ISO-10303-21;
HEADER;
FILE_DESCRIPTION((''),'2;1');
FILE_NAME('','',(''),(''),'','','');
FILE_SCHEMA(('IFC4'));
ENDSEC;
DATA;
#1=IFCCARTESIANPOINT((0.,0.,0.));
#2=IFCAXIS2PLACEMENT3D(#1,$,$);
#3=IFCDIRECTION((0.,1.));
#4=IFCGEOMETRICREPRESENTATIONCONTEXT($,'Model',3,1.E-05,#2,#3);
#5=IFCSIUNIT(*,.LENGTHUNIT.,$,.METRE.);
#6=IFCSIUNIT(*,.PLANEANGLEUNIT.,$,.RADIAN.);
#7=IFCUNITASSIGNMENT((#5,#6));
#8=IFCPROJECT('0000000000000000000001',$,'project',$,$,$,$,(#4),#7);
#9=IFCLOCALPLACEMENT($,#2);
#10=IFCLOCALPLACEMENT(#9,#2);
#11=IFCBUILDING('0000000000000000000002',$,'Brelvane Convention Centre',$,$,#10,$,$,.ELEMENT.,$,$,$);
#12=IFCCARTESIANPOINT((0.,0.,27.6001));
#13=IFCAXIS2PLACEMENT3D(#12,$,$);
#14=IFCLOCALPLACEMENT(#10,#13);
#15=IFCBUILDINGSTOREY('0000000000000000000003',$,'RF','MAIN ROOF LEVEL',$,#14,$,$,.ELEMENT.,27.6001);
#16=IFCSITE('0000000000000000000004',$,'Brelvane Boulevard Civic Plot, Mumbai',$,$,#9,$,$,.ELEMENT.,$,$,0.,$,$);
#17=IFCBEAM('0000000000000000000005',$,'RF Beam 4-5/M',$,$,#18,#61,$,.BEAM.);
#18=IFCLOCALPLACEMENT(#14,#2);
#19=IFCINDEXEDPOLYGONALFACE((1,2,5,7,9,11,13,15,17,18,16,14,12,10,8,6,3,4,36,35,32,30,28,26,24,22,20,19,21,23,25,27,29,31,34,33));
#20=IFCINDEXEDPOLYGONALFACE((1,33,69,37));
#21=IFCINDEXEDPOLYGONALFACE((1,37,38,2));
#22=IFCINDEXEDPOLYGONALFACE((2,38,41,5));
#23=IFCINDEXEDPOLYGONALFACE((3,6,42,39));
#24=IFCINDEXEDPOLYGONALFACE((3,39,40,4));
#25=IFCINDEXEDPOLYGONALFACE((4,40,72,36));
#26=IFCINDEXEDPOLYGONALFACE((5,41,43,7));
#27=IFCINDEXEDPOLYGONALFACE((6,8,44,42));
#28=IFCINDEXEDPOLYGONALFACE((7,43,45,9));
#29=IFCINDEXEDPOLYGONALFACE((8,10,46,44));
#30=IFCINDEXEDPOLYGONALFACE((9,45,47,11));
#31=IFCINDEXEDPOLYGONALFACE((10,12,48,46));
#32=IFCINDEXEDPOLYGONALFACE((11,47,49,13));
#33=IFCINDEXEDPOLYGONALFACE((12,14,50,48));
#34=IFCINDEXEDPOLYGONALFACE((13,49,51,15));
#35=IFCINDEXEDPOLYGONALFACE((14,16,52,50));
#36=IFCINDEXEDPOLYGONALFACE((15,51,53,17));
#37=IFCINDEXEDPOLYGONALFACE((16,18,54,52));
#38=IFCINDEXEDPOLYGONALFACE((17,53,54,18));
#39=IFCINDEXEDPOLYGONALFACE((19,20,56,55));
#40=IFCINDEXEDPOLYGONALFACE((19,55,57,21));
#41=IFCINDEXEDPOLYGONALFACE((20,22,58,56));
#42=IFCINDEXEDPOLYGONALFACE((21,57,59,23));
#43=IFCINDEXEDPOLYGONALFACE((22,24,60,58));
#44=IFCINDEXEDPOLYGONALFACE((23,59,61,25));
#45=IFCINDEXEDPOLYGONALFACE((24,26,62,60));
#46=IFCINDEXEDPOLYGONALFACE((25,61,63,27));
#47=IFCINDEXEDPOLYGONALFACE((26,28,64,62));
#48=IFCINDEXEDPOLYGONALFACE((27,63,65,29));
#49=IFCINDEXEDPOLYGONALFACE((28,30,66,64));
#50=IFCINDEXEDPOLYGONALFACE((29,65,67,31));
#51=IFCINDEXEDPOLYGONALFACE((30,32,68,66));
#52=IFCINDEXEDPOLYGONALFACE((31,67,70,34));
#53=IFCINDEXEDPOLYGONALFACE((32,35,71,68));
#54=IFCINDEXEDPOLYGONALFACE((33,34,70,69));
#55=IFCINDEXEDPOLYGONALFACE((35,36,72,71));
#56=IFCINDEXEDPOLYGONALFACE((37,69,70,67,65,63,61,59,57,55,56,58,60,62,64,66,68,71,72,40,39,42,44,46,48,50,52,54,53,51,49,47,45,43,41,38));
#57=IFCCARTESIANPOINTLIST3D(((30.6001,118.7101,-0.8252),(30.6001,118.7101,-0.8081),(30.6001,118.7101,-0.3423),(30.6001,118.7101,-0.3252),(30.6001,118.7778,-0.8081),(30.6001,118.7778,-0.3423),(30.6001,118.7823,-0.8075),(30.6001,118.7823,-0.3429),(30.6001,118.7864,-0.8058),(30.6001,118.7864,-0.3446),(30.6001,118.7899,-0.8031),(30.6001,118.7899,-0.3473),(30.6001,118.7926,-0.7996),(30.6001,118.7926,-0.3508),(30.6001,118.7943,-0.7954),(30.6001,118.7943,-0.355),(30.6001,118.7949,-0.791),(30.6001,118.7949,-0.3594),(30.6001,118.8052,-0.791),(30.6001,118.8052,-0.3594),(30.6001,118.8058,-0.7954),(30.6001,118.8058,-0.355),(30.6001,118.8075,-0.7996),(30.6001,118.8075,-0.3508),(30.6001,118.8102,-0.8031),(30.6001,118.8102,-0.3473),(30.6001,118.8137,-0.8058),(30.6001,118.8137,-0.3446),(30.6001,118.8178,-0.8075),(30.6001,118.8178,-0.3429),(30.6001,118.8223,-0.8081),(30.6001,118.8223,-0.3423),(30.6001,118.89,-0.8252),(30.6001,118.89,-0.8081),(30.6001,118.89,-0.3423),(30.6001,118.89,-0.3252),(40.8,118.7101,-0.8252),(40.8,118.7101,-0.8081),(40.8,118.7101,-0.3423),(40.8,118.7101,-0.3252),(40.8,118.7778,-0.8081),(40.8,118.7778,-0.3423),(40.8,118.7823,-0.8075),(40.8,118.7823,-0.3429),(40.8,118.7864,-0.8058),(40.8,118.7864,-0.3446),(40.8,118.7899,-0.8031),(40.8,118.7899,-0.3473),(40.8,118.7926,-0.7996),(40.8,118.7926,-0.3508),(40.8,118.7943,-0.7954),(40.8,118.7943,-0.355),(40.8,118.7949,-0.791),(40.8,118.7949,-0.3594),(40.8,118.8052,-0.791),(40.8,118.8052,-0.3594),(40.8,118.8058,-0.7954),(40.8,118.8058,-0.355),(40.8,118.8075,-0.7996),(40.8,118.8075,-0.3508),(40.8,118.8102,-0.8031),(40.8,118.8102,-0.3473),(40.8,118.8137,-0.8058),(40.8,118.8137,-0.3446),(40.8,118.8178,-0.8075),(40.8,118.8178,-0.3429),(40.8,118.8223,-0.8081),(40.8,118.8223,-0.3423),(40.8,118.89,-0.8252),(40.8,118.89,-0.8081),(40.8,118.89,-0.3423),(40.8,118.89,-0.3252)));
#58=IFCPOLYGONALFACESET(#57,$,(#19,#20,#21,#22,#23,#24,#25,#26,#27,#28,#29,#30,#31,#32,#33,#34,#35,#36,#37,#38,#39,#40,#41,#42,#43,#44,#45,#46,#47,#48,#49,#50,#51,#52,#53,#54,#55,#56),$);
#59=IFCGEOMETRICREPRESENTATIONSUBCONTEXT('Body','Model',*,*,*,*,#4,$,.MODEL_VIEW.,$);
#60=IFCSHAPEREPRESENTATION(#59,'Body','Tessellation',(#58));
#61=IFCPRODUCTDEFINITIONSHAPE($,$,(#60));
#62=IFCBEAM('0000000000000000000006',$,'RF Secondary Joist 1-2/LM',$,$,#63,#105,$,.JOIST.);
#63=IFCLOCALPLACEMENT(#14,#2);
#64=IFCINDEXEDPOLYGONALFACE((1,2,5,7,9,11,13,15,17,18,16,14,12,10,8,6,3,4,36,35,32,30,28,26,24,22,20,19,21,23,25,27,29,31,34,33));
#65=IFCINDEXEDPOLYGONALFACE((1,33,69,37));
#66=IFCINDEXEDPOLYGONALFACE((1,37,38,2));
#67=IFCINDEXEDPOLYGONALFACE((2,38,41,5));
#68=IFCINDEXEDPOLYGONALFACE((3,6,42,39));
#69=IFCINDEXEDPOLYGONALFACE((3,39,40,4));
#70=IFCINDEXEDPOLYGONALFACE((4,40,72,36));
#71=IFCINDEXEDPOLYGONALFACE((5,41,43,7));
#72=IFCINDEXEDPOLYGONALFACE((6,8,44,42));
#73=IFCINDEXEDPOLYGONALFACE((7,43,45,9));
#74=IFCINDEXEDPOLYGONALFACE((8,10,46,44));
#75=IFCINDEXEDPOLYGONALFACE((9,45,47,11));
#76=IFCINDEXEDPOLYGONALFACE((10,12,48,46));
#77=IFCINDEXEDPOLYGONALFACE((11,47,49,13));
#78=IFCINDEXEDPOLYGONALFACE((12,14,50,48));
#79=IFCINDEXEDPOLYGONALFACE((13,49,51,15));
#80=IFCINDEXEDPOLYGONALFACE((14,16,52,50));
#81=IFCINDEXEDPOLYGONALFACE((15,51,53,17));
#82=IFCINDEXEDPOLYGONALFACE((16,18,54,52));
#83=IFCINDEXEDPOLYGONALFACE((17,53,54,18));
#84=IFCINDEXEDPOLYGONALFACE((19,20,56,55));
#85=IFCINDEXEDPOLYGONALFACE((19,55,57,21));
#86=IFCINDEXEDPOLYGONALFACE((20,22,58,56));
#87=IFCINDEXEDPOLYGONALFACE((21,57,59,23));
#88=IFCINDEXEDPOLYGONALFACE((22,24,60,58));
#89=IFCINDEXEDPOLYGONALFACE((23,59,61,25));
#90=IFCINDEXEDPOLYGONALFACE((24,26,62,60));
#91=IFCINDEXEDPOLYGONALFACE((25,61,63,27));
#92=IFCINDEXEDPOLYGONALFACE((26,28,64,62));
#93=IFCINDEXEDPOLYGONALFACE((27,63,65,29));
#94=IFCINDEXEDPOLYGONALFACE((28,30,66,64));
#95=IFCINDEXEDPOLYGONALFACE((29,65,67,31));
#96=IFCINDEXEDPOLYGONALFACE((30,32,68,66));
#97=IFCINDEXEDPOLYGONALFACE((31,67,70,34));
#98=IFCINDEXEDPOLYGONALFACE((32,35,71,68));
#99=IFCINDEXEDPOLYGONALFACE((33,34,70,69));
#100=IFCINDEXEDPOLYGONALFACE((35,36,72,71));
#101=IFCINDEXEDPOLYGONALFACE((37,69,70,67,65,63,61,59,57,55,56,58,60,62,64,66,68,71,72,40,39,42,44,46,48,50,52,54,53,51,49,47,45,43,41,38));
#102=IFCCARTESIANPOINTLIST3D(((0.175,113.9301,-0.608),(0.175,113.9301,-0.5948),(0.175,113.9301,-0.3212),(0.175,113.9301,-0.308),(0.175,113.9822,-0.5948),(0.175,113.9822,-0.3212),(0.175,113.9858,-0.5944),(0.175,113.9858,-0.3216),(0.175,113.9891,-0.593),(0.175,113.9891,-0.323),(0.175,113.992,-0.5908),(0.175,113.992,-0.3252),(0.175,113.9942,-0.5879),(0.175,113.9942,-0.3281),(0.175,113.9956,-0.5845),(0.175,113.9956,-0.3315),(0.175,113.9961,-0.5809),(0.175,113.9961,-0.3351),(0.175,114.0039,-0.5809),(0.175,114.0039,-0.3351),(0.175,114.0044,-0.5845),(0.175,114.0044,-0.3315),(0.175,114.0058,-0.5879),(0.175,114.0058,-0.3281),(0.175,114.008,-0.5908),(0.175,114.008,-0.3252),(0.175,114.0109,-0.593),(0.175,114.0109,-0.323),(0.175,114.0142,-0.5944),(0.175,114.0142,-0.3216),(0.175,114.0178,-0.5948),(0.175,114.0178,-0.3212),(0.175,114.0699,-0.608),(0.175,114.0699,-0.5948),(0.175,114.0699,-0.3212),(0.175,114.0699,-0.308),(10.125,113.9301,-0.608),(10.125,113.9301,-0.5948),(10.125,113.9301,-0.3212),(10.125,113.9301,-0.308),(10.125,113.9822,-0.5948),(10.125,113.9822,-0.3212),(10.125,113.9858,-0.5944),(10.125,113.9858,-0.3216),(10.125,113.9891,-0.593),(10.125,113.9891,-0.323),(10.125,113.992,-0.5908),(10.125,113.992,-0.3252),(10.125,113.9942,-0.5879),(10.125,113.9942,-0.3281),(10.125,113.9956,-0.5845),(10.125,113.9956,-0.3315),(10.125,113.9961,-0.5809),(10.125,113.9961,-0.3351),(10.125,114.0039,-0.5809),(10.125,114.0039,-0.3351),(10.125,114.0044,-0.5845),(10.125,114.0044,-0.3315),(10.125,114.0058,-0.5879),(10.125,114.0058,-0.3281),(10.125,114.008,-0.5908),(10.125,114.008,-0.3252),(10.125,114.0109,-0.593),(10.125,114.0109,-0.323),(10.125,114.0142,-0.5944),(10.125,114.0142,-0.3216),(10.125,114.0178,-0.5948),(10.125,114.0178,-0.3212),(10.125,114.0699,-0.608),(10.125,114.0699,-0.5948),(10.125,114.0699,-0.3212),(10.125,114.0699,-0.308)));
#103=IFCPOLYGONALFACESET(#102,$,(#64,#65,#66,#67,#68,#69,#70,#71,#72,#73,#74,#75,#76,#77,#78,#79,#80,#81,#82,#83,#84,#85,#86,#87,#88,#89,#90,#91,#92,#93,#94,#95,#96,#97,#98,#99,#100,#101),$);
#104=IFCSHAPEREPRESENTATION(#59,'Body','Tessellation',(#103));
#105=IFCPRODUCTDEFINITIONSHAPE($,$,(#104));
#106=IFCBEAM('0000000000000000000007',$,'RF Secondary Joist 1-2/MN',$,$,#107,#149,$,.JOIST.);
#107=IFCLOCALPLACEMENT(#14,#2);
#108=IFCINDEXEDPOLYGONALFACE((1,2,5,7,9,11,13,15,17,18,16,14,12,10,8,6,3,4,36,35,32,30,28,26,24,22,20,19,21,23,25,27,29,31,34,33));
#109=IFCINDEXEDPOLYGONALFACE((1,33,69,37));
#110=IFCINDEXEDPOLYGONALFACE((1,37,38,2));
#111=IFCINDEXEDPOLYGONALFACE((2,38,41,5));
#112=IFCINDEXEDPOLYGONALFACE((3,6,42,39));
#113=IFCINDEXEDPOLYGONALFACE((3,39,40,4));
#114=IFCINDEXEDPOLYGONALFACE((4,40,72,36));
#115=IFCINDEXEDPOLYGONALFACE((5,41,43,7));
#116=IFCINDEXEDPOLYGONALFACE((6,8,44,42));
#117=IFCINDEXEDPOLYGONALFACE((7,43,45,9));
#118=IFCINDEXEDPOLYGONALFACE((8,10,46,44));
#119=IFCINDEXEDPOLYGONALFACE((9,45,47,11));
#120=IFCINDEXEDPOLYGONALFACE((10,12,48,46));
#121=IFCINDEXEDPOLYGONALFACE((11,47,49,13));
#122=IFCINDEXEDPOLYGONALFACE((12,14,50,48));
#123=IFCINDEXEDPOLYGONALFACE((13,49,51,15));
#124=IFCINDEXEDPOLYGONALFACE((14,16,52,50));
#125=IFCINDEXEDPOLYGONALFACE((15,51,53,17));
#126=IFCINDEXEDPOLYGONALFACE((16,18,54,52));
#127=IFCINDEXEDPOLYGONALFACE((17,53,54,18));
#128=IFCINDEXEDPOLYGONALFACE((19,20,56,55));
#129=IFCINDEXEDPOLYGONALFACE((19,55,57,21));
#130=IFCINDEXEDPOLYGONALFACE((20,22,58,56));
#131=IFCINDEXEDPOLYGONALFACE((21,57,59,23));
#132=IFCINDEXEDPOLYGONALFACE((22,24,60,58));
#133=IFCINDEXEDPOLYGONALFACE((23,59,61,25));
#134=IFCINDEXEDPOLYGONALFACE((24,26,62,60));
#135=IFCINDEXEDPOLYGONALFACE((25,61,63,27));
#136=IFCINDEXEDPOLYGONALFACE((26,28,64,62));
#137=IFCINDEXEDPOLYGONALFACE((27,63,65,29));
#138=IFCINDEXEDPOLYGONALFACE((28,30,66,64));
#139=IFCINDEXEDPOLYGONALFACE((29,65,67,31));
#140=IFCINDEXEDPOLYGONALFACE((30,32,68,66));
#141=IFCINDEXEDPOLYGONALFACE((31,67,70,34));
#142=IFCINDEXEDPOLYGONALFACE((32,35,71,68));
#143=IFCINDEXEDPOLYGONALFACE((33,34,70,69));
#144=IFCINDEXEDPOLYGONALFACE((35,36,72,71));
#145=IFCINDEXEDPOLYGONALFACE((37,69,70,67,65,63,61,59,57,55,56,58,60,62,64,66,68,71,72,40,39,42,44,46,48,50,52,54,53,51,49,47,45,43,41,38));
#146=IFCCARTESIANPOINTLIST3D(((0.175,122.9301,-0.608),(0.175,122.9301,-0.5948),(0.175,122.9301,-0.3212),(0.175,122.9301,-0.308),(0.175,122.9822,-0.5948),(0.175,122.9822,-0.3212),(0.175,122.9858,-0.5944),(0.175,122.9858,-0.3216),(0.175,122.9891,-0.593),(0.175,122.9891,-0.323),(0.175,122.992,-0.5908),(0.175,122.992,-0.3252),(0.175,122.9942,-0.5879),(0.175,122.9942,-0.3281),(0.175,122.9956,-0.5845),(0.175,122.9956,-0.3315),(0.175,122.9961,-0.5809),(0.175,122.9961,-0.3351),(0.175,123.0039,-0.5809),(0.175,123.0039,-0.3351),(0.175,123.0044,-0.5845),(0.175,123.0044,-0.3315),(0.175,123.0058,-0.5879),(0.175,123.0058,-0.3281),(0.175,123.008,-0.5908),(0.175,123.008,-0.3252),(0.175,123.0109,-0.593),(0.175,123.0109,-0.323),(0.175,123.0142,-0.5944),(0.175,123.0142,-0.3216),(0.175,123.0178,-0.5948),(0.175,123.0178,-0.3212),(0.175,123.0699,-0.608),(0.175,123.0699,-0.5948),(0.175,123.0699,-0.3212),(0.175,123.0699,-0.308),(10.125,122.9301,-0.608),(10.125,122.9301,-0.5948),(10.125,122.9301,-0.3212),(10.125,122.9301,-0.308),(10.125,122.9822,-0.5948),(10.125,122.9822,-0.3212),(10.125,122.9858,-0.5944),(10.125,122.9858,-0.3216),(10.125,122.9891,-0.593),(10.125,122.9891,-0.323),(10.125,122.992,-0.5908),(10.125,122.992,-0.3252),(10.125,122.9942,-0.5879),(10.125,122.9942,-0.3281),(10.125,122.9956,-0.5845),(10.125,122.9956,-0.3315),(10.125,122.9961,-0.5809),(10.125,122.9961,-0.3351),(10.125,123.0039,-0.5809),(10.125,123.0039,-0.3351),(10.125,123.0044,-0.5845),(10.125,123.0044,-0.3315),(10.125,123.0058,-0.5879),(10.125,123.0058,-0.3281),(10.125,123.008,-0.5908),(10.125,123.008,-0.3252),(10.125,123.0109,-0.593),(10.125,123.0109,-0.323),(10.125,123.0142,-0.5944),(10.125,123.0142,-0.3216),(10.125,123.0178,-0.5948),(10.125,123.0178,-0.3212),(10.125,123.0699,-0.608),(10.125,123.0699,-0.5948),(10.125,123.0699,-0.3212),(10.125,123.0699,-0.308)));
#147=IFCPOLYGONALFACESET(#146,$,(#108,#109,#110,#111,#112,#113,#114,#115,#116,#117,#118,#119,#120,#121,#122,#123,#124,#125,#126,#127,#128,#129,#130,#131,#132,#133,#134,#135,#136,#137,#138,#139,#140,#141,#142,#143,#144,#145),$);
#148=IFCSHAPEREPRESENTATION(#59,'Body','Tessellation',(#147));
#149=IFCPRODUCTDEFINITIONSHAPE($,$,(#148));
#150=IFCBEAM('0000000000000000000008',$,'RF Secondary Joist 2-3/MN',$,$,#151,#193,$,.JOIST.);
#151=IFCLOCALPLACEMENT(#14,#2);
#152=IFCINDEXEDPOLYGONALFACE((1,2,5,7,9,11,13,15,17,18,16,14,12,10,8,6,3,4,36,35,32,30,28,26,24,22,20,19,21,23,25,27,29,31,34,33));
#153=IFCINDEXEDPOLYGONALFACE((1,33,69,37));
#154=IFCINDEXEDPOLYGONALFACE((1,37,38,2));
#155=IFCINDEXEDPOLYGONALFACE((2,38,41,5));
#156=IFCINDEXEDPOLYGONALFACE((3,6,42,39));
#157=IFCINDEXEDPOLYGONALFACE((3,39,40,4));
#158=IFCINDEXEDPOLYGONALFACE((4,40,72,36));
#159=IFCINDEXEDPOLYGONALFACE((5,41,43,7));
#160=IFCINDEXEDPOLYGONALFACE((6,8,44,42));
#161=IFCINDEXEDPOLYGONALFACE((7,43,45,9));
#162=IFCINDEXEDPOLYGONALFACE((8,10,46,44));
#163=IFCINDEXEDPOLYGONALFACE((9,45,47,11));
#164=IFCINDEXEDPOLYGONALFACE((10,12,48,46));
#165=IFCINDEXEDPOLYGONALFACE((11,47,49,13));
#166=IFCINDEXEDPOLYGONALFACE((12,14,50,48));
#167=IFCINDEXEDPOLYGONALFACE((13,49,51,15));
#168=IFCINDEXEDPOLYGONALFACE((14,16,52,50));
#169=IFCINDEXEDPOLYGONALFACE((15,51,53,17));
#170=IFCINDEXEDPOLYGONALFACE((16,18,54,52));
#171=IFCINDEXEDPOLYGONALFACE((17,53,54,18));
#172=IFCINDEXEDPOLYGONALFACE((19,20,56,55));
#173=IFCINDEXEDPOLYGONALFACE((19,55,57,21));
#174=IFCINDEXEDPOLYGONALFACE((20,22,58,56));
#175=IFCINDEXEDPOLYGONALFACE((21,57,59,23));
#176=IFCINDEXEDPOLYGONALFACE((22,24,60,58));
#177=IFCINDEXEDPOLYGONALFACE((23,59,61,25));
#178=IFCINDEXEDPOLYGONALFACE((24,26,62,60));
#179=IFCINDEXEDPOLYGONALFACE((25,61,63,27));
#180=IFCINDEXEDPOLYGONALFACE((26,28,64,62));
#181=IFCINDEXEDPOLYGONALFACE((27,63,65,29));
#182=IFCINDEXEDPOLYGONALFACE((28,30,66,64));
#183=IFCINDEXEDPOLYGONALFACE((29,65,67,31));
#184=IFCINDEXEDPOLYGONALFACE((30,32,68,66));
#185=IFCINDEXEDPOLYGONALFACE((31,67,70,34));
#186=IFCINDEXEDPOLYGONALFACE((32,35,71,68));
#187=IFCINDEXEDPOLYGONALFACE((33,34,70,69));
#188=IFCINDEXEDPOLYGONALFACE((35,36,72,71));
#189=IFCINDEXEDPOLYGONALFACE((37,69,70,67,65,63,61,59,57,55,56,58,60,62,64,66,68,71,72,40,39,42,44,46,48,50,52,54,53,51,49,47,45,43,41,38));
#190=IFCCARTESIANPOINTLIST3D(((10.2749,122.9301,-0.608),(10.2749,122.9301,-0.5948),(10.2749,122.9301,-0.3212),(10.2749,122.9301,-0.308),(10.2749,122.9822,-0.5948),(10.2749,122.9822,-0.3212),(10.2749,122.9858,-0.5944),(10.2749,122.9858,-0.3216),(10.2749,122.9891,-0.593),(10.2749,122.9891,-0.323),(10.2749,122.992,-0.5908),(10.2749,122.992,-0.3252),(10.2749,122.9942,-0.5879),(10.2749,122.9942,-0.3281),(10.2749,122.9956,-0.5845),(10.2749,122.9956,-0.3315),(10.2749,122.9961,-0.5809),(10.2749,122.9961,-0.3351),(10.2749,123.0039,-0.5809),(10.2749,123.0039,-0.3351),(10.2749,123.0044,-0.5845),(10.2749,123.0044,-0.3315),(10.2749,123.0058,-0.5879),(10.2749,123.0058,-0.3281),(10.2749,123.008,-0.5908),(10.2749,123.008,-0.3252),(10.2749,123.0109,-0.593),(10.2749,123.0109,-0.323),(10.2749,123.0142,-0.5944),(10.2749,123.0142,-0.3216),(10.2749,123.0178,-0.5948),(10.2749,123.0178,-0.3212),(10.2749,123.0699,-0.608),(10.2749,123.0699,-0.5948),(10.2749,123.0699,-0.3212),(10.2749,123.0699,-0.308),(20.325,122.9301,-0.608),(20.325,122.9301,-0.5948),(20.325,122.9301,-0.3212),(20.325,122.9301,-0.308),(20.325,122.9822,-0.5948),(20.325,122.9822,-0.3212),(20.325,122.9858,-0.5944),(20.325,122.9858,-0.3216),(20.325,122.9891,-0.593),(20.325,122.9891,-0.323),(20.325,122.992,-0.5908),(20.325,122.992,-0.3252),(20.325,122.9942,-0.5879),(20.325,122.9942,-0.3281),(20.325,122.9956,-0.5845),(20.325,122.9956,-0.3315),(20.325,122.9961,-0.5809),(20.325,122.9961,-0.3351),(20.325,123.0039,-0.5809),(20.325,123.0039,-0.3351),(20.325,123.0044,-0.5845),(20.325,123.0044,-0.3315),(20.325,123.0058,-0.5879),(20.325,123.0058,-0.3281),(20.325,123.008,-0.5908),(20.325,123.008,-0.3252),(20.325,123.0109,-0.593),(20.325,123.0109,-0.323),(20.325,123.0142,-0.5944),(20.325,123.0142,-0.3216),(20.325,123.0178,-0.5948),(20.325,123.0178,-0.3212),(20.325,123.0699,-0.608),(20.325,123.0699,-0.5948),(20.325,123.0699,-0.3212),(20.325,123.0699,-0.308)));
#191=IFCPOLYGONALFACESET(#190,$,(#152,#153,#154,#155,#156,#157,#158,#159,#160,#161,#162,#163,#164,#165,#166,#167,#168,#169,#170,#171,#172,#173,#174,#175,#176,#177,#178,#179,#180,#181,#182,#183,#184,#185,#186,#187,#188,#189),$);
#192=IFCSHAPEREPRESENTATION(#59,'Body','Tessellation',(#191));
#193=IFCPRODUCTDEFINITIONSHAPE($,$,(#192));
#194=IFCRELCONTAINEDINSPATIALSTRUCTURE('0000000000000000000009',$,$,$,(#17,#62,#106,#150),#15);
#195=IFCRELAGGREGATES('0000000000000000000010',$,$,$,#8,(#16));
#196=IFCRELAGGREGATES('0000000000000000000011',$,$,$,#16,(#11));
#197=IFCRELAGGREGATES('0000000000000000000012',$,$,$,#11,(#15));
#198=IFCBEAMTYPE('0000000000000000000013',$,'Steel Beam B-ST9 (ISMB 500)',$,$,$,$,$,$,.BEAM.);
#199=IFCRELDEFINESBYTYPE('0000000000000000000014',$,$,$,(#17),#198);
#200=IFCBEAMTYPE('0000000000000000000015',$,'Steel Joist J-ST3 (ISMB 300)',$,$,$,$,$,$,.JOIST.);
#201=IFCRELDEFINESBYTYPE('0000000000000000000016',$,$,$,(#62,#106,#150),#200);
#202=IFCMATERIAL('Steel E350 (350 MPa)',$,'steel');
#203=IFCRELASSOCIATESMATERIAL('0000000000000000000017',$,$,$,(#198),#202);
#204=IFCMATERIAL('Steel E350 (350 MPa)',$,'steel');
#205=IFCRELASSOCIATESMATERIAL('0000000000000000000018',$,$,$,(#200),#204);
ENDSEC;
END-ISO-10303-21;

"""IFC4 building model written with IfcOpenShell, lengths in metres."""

from ifc_helpers import new_model, si_unit, direction, frame, origin, origin_2d, place, context, subcontext, project, spatial, i_section, extrude, material, material_profile, profile_set, type_object, element, save


model = new_model("IFC4")

# Units and contexts
model_context = context("Model", 3, precision=1e-05, world=origin(), true_north=direction((0.0, 1.0)))
body_context = subcontext(model_context, "Body", "Model", "MODEL_VIEW")
ifc_project = project(units=[si_unit("LENGTHUNIT", "METRE"), si_unit("PLANEANGLEUNIT", "RADIAN")], contexts=[model_context])

# Site, building, storey
site_placement = place(None, origin())
site = spatial("IfcSite", under=ifc_project, at=site_placement, Name="Brelvane Boulevard Civic Plot, Mumbai", CompositionType="ELEMENT", RefElevation=0.0)
building_placement = place(site_placement, origin())
building = spatial("IfcBuilding", under=site, at=building_placement, Name="Brelvane Convention Centre", CompositionType="ELEMENT")
storey_placement = place(building_placement, frame((0.0, 0.0, 27.6001)))
storey = spatial("IfcBuildingStorey", under=building, at=storey_placement, Name="RF", Description="MAIN ROOF LEVEL", CompositionType="ELEMENT", Elevation=27.6001)

# Beams
ifc_material_1 = material(Name="Steel E350 (350 MPa)", Category="steel")
ifc_material_profile_1 = material_profile(ifc_material_1, i_section(OverallWidth=0.1799, OverallDepth=0.5, WebThickness=0.0103, FlangeThickness=0.0171, FilletRadius=0.0171, at=origin_2d()), Name="ISMB 500")
ifc_profile_set_1 = profile_set([ifc_material_profile_1], Name="Steel E350 (350 MPa)")
beam_type_1 = type_object("IfcBeamType", Name="Steel Beam B-ST9 (ISMB 500)", PredefinedType="BEAM", material=ifc_profile_set_1)
beam_1_placement = place(storey_placement, frame((30.6001, 118.8, -0.5752), z_axis=(1.0, 0.0, 0.0), x_axis=(0.0, 1.0, 0.0)))
element("IfcBeam", 1, at=beam_1_placement, inside=storey, type_object=beam_type_1, Name="RF Beam 4-5/M", PredefinedType="BEAM", context=body_context, shape_type="SweptSolid", body=[
    extrude(i_section(OverallWidth=0.1799, OverallDepth=0.5, WebThickness=0.0103, FlangeThickness=0.0171, FilletRadius=0.0171, at=origin_2d()), origin(), (0.0, 0.0, 1.0), 10.2),
])
ifc_material_2 = material(Name="Steel E350 (350 MPa)", Category="steel")
ifc_material_profile_2 = material_profile(ifc_material_2, i_section(OverallWidth=0.1399, OverallDepth=0.3, WebThickness=0.0078, FlangeThickness=0.0132, FilletRadius=0.0139, at=origin_2d()), Name="ISMB 300")
ifc_profile_set_2 = profile_set([ifc_material_profile_2], Name="Steel E350 (350 MPa)")
beam_type_2 = type_object("IfcBeamType", Name="Steel Joist J-ST3 (ISMB 300)", PredefinedType="JOIST", material=ifc_profile_set_2)
for number, where, z_axis, x_axis, name in (
    (2, (0.175, 114.0, -0.458), (1.0, 0.0, 0.0), (0.0, 1.0, 0.0), "RF Secondary Joist 1-2/LM"),
    (3, (0.175, 123.0, -0.458), (1.0, 0.0, 0.0), (0.0, 1.0, 0.0), "RF Secondary Joist 1-2/MN"),
):
    element("IfcBeam", number, at=place(storey_placement, frame(where, z_axis=z_axis, x_axis=x_axis)), inside=storey, type_object=beam_type_2, Name=name, PredefinedType="JOIST", context=body_context, shape_type="SweptSolid", body=[
        extrude(i_section(OverallWidth=0.1399, OverallDepth=0.3, WebThickness=0.0078, FlangeThickness=0.0132, FilletRadius=0.0139, at=origin_2d()), origin(), (0.0, 0.0, 1.0), 9.95),
    ])
beam_2_placement = place(storey_placement, frame((10.2749, 123.0, -0.458), z_axis=(1.0, 0.0, 0.0), x_axis=(0.0, 1.0, 0.0)))
element("IfcBeam", 4, at=beam_2_placement, inside=storey, type_object=beam_type_2, Name="RF Secondary Joist 2-3/MN", PredefinedType="JOIST", context=body_context, shape_type="SweptSolid", body=[
    extrude(i_section(OverallWidth=0.1399, OverallDepth=0.3, WebThickness=0.0078, FlangeThickness=0.0132, FilletRadius=0.0139, at=origin_2d()), origin(), (0.0, 0.0, 1.0), 10.05),
])

save(model, "model.ifc")
